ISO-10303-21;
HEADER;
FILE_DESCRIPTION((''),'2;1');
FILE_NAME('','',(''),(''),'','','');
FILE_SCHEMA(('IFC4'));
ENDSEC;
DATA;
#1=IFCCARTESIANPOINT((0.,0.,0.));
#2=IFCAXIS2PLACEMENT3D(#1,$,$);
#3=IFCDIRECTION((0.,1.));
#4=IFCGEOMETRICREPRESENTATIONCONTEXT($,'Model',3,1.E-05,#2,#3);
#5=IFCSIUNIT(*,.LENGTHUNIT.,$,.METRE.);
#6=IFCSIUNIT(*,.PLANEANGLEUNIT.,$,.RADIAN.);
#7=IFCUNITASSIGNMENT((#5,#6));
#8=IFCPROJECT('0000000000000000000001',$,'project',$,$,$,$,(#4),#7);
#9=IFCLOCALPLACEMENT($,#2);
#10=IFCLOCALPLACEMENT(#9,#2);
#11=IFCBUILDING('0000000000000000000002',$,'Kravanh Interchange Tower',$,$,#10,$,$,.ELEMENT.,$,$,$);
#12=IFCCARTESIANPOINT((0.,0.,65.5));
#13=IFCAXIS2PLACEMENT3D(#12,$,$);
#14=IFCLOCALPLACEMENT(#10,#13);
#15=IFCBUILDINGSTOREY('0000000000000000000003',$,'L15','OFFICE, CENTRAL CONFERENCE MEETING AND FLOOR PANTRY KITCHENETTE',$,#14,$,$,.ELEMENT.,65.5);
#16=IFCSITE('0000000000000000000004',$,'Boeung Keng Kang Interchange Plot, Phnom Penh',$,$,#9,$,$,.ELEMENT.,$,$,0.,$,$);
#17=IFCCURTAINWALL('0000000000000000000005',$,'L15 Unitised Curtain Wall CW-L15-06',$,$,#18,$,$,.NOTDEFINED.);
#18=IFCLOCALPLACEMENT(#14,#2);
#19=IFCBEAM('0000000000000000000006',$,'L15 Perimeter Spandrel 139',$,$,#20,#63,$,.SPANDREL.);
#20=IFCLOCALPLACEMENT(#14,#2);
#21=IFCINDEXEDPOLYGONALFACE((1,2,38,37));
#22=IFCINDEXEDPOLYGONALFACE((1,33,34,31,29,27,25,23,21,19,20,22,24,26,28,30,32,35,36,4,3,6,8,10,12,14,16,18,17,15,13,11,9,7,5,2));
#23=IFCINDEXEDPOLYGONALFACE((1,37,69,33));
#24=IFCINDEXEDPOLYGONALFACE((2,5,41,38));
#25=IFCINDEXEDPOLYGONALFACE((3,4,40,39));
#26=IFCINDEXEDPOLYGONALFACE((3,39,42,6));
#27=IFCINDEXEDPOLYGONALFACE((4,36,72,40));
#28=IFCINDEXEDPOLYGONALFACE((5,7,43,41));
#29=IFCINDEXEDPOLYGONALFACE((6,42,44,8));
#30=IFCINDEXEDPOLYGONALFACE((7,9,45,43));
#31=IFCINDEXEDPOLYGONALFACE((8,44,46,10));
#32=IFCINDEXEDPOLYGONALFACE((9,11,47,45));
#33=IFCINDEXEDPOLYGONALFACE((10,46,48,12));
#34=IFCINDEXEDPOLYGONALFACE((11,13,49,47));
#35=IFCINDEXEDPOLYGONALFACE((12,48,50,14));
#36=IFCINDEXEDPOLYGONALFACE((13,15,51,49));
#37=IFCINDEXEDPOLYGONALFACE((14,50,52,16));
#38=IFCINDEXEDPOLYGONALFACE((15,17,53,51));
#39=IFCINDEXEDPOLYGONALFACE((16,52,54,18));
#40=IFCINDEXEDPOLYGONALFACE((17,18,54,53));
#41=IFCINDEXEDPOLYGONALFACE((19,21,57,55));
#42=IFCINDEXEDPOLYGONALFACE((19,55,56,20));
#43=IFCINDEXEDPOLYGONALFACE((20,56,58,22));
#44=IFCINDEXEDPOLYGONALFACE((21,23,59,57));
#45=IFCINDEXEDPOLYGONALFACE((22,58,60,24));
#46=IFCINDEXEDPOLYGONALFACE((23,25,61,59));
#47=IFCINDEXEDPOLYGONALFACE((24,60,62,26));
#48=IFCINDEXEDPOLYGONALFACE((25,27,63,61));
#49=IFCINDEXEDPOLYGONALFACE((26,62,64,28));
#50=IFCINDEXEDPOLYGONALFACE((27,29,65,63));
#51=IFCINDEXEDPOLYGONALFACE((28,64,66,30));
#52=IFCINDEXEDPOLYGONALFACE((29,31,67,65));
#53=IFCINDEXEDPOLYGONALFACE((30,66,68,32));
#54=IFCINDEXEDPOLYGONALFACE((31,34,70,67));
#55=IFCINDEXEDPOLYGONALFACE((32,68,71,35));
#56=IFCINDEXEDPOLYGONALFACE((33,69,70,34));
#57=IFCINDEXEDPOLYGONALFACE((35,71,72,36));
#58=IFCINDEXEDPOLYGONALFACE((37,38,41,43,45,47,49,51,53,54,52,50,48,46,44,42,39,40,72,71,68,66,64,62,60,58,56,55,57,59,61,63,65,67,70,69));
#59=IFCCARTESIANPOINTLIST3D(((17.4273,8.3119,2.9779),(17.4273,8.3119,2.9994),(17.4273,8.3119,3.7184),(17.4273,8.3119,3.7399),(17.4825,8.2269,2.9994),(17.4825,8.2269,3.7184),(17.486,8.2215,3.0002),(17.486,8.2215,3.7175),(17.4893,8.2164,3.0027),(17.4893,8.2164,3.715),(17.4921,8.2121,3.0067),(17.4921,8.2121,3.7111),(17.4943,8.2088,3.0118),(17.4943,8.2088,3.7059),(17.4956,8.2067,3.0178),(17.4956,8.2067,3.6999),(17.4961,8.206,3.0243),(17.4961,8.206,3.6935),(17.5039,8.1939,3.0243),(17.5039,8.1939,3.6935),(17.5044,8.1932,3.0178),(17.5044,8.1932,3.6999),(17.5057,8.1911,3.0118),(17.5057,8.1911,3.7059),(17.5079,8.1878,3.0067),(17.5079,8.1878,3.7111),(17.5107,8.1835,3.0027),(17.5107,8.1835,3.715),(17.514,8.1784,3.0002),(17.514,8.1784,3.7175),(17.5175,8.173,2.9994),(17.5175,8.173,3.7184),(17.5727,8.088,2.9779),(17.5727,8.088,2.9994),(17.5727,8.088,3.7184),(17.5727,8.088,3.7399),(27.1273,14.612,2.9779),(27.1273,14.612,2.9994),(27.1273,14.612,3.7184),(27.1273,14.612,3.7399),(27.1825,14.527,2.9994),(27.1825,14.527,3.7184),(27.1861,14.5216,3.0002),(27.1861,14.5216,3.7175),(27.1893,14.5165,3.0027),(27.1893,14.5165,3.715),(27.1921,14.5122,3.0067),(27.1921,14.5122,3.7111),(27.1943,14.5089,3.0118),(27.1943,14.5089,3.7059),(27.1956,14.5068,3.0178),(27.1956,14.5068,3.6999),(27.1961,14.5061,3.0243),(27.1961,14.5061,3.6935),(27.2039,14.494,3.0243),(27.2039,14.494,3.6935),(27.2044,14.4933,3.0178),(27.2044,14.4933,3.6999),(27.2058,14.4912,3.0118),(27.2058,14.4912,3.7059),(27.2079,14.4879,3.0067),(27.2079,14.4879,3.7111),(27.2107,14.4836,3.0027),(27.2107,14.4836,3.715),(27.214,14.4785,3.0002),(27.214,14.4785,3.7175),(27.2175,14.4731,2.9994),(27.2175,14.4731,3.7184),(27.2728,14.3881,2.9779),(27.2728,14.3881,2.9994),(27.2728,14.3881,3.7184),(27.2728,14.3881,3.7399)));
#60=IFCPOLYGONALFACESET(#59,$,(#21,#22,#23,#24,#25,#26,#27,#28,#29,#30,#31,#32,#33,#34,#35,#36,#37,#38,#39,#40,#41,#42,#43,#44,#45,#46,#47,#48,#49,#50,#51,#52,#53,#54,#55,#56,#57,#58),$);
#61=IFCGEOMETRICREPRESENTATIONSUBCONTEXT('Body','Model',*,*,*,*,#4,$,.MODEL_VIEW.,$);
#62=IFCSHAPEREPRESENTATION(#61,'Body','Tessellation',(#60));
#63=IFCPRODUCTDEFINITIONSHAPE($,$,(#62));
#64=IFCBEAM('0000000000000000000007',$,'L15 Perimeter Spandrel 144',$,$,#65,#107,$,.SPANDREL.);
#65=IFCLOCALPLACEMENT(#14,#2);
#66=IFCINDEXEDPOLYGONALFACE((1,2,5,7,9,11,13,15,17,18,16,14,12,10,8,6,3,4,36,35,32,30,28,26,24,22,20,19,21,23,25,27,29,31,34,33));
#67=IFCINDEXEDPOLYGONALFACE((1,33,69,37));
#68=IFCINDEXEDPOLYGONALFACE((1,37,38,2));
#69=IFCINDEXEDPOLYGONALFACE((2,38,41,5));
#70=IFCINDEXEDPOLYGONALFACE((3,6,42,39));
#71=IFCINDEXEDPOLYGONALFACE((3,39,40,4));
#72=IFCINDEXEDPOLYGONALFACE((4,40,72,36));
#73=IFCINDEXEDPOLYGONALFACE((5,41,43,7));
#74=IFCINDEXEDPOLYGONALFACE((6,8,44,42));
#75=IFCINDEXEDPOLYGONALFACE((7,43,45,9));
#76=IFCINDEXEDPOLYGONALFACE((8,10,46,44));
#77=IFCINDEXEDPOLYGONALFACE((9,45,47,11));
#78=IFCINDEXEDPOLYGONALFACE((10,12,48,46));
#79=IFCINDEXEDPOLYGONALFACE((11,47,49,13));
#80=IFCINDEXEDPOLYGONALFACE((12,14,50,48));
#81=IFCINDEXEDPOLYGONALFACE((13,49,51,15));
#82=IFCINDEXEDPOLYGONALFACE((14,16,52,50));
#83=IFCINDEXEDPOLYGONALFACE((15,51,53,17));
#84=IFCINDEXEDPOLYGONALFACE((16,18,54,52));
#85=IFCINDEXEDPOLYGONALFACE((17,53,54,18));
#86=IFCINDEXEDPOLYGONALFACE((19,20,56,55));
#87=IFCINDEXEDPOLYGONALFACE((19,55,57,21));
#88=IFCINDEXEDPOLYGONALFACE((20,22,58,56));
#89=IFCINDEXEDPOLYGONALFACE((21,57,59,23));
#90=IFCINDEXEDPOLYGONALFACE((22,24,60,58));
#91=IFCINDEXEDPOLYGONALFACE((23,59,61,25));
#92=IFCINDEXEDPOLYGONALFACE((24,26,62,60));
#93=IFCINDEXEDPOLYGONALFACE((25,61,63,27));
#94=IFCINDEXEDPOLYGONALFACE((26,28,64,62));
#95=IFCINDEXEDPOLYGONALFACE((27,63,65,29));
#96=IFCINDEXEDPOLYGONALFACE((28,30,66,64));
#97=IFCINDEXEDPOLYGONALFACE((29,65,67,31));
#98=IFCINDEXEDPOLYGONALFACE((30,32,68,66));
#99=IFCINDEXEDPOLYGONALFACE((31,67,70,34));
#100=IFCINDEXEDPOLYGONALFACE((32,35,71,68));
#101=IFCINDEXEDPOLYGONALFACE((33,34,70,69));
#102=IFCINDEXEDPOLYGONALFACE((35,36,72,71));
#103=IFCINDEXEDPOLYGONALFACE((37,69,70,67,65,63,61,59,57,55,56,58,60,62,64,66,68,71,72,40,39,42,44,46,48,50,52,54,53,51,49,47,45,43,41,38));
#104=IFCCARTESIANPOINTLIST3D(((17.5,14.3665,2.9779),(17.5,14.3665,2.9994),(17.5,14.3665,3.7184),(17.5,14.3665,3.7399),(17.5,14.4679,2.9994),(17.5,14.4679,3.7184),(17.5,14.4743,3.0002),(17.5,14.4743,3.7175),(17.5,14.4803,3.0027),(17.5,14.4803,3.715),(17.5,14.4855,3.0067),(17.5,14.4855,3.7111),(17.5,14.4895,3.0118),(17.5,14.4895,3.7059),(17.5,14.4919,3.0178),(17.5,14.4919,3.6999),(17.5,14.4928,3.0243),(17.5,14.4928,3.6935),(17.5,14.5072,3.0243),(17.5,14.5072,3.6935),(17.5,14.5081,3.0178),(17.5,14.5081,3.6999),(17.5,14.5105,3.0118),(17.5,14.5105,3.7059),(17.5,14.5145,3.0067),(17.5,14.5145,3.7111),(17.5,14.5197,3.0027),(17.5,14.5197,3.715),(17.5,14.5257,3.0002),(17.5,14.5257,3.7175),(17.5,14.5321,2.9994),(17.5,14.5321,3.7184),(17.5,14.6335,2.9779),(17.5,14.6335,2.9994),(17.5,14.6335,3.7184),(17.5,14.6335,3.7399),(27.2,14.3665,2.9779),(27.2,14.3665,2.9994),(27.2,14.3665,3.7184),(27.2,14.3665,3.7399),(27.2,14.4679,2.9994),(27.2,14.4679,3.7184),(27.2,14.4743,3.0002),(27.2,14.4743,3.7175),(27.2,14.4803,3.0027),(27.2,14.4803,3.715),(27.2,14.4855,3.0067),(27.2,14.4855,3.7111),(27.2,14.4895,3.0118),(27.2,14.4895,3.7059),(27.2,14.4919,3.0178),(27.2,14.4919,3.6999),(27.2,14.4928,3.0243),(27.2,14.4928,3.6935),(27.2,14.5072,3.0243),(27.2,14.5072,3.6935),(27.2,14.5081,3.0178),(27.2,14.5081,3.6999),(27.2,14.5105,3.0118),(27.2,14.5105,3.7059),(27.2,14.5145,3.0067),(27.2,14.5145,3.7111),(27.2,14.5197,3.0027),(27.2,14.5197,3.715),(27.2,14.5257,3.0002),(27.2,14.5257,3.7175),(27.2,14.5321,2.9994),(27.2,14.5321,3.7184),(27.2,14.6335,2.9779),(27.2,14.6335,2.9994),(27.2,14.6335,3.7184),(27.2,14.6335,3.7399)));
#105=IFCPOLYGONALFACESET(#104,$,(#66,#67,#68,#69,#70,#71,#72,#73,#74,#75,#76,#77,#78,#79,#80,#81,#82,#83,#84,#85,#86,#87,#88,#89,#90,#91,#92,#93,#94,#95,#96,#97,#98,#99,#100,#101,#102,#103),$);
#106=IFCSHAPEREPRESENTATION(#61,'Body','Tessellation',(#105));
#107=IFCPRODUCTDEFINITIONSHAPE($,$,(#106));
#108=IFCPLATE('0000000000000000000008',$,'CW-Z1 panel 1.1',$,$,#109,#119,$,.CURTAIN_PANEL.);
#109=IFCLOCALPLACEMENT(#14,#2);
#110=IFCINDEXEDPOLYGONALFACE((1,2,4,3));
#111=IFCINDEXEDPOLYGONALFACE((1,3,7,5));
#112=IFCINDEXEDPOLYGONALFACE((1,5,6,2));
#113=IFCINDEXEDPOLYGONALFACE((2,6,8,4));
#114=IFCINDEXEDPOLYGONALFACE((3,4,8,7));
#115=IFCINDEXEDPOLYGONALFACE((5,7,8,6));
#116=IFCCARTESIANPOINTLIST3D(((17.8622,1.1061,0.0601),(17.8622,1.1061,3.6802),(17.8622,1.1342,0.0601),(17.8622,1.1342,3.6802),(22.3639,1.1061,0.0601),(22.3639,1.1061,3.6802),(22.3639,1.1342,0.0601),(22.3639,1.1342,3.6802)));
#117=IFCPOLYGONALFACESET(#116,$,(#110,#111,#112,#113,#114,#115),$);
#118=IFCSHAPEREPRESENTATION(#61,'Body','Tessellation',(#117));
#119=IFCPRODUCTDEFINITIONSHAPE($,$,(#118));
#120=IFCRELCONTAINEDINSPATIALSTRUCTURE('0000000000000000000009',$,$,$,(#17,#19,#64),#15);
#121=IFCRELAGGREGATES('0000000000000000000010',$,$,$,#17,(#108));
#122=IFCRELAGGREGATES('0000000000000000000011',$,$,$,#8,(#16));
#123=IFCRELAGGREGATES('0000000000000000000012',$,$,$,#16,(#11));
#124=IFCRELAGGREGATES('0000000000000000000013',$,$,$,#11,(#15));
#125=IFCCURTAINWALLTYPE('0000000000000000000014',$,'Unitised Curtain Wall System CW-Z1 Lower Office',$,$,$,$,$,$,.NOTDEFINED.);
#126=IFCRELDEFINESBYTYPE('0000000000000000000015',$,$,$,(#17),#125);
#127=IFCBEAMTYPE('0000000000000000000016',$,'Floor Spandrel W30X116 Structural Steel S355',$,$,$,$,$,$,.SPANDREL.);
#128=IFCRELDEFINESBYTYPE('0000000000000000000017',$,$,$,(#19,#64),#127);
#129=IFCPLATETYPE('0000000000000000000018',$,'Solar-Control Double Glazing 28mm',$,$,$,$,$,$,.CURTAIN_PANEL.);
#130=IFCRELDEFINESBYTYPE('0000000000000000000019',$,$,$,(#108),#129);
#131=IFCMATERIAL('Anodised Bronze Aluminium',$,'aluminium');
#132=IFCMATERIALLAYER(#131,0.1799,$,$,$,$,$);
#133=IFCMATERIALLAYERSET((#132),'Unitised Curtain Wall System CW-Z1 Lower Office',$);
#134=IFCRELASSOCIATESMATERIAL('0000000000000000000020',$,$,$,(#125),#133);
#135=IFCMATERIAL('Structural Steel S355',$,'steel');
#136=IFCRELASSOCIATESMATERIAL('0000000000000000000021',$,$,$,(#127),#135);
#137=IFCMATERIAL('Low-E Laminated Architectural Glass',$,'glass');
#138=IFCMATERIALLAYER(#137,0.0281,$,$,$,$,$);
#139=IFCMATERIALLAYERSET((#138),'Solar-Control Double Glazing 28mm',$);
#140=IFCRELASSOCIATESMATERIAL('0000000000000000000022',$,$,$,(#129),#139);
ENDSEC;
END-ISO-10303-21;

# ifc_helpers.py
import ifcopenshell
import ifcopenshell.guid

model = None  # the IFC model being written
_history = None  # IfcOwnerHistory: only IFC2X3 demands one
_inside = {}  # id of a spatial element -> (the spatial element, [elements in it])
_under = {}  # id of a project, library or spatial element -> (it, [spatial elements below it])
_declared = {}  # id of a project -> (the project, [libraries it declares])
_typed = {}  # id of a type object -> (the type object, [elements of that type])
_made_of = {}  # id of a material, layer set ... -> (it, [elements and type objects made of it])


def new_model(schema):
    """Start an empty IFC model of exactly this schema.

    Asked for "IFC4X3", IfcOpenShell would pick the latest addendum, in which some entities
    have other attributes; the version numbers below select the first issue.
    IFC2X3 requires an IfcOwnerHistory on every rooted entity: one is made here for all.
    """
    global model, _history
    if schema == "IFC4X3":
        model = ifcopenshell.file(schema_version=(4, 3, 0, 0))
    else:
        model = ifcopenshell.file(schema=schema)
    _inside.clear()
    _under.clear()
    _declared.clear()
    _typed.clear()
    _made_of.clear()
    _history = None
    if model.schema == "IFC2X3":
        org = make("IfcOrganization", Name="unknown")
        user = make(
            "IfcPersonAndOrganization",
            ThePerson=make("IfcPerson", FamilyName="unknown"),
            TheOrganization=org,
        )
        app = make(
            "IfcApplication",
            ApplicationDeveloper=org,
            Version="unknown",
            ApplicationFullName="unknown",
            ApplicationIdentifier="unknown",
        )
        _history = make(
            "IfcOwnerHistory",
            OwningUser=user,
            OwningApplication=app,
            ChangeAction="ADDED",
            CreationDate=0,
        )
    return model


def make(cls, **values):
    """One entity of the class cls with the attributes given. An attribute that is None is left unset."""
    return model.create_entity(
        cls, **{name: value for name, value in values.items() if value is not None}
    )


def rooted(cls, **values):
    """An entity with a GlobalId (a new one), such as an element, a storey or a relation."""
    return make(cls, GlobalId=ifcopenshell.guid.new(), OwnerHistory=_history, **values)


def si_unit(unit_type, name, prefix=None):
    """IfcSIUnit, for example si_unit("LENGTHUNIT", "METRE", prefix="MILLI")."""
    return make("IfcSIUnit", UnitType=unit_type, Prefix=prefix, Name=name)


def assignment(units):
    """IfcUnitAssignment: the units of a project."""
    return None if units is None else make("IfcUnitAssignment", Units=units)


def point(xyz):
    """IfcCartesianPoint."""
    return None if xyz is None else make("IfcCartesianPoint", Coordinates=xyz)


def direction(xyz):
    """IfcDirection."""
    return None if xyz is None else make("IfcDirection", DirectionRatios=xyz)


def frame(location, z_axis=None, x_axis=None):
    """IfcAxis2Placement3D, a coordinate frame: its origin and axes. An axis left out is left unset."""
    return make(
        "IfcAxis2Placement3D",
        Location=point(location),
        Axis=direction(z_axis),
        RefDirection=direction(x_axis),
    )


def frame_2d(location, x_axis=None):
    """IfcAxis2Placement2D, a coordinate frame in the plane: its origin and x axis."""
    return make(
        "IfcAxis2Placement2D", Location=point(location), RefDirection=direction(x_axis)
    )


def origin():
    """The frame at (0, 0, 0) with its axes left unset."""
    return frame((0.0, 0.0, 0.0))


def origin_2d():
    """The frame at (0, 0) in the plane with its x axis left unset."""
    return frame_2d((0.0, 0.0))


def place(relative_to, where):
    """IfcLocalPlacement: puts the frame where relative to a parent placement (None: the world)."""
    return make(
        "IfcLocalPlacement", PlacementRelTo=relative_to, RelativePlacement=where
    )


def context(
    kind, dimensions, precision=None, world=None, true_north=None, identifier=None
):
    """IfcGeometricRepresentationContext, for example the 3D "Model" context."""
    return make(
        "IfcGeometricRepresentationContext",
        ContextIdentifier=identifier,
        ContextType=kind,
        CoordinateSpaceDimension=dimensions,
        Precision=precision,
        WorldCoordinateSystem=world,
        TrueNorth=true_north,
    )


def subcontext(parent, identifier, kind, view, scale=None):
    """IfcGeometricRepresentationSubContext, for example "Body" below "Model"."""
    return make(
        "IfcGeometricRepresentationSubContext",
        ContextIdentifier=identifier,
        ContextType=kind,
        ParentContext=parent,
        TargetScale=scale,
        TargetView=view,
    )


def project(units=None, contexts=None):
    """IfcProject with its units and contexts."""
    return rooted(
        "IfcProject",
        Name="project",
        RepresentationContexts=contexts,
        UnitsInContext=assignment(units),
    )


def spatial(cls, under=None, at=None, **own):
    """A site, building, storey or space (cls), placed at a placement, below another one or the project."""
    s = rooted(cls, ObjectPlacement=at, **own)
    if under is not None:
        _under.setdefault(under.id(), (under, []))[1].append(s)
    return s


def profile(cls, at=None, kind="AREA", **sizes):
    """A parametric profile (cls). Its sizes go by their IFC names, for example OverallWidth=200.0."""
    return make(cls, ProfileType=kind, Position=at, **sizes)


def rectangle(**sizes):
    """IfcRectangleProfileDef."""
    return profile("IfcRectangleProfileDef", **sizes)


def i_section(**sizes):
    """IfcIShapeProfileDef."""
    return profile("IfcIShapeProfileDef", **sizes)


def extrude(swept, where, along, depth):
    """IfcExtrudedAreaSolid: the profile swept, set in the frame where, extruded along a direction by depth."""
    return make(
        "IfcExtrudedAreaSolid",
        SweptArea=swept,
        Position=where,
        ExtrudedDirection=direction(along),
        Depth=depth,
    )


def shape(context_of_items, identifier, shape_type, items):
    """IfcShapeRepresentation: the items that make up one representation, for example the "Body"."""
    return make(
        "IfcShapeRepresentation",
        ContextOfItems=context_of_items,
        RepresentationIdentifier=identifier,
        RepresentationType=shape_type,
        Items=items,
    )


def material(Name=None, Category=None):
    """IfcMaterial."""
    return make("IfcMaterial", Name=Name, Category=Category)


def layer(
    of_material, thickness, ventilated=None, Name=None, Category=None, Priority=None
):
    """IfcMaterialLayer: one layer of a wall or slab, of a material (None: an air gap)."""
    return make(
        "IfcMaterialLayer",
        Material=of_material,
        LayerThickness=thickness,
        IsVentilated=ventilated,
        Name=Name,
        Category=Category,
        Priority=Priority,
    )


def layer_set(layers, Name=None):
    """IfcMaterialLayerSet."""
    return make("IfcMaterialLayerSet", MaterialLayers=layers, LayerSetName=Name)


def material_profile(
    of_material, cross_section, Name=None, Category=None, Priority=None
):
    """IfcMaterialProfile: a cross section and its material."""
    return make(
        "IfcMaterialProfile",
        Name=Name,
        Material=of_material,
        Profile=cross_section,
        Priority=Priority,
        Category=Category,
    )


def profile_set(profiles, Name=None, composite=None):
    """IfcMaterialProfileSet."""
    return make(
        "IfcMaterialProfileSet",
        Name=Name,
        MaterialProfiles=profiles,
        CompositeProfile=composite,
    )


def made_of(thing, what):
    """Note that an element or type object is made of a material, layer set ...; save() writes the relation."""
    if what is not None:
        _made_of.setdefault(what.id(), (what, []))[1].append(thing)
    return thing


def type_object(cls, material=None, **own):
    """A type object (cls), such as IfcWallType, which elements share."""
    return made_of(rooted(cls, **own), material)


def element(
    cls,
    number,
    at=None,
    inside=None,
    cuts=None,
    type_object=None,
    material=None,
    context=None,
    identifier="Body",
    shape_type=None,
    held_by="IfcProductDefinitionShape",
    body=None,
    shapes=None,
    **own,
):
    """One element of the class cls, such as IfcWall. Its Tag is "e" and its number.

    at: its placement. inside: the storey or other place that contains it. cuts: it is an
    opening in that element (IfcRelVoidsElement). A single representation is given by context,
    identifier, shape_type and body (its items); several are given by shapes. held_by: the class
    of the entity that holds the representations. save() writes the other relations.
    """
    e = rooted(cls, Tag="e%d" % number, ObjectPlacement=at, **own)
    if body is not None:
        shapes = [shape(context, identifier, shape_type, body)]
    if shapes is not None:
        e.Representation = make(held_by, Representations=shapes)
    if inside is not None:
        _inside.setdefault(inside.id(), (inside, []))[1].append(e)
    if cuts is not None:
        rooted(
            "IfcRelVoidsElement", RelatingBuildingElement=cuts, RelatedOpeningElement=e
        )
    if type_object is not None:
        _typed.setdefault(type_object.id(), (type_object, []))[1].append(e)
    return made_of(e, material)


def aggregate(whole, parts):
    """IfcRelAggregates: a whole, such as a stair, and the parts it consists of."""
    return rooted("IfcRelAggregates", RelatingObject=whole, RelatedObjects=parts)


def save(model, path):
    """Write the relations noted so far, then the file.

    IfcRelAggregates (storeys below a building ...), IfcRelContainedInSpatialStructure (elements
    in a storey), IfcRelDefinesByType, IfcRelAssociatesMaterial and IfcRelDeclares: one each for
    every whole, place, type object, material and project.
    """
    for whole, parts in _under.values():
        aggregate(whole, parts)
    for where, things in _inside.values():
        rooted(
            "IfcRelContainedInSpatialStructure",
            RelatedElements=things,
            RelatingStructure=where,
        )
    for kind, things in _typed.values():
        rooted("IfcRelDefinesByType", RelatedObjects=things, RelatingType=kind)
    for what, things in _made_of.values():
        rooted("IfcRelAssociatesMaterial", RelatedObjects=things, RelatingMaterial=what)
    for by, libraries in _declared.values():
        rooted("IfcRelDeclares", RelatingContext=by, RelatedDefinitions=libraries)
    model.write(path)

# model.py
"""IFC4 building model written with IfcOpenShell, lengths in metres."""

from ifc_helpers import new_model, si_unit, direction, frame, origin, origin_2d, place, context, subcontext, project, spatial, rectangle, i_section, extrude, material, layer, layer_set, material_profile, profile_set, type_object, element, aggregate, save


model = new_model("IFC4")

# Units and contexts
model_context = context("Model", 3, precision=1e-05, world=origin(), true_north=direction((0.0, 1.0)))
body_context = subcontext(model_context, "Body", "Model", "MODEL_VIEW")
ifc_project = project(units=[si_unit("LENGTHUNIT", "METRE"), si_unit("PLANEANGLEUNIT", "RADIAN")], contexts=[model_context])

# Site, building, storey
site_placement = place(None, origin())
site = spatial("IfcSite", under=ifc_project, at=site_placement, Name="Boeung Keng Kang Interchange Plot, Phnom Penh", CompositionType="ELEMENT", RefElevation=0.0)
building_placement = place(site_placement, origin())
building = spatial("IfcBuilding", under=site, at=building_placement, Name="Kravanh Interchange Tower", CompositionType="ELEMENT")
storey_placement = place(building_placement, frame((0.0, 0.0, 65.5)))
storey = spatial("IfcBuildingStorey", under=building, at=storey_placement, Name="L15", Description="OFFICE, CENTRAL CONFERENCE MEETING AND FLOOR PANTRY KITCHENETTE", CompositionType="ELEMENT", Elevation=65.5)

# Curtain wall
ifc_material_1 = material(Name="Anodised Bronze Aluminium", Category="aluminium")
ifc_layer_1 = layer(ifc_material_1, 0.1799)
ifc_layer_set_1 = layer_set([ifc_layer_1], Name="Unitised Curtain Wall System CW-Z1 Lower Office")
curtain_wall_type = type_object("IfcCurtainWallType", Name="Unitised Curtain Wall System CW-Z1 Lower Office", PredefinedType="NOTDEFINED", material=ifc_layer_set_1)
curtain_wall_placement = place(storey_placement, origin())
curtain_wall = element("IfcCurtainWall", 1, at=curtain_wall_placement, inside=storey, type_object=curtain_wall_type, Name="L15 Unitised Curtain Wall CW-L15-06", PredefinedType="NOTDEFINED")

# Beams
ifc_material_2 = material(Name="Structural Steel S355", Category="steel")
ifc_material_profile_1 = material_profile(ifc_material_2, i_section(OverallWidth=0.2671, OverallDepth=0.762, WebThickness=0.0144, FlangeThickness=0.0215, FilletRadius=0.0249, at=origin_2d()), Name="W30X116")
ifc_profile_set_1 = profile_set([ifc_material_profile_1], Name="Structural Steel S355")
beam_type_1 = type_object("IfcBeamType", Name="Floor Spandrel W30X116 Structural Steel S355", PredefinedType="SPANDREL", material=ifc_profile_set_1)
beam_1_placement = place(storey_placement, frame((17.5, 8.2, 3.3589), z_axis=(0.838638, 0.544689, 0.0), x_axis=(-0.544689, 0.838638, 0.0)))
element("IfcBeam", 2, at=beam_1_placement, inside=storey, type_object=beam_type_1, Name="L15 Perimeter Spandrel 139", PredefinedType="SPANDREL", context=body_context, shape_type="SweptSolid", body=[
    extrude(i_section(OverallWidth=0.2671, OverallDepth=0.762, WebThickness=0.0144, FlangeThickness=0.0215, FilletRadius=0.0249, at=origin_2d()), origin(), (0.0, 0.0, 1.0), 11.5664),
])
beam_2_placement = place(storey_placement, frame((17.5, 14.5, 3.3589), z_axis=(1.0, 0.0, 0.0), x_axis=(0.0, 1.0, 0.0)))
element("IfcBeam", 3, at=beam_2_placement, inside=storey, type_object=beam_type_1, Name="L15 Perimeter Spandrel 144", PredefinedType="SPANDREL", context=body_context, shape_type="SweptSolid", body=[
    extrude(i_section(OverallWidth=0.2671, OverallDepth=0.762, WebThickness=0.0144, FlangeThickness=0.0215, FilletRadius=0.0249, at=origin_2d()), origin(), (0.0, 0.0, 1.0), 9.7),
])

# Plate
ifc_material_3 = material(Name="Low-E Laminated Architectural Glass", Category="glass")
ifc_layer_2 = layer(ifc_material_3, 0.0281)
ifc_layer_set_2 = layer_set([ifc_layer_2], Name="Solar-Control Double Glazing 28mm")
plate_type = type_object("IfcPlateType", Name="Solar-Control Double Glazing 28mm", PredefinedType="CURTAIN_PANEL", material=ifc_layer_set_2)
plate_placement = place(storey_placement, frame((20.113, 1.1201, 0.0601), z_axis=(0.0, 0.0, 1.0), x_axis=(-1.0, 0.0, 0.0)))
plate = element("IfcPlate", 4, at=plate_placement, type_object=plate_type, Name="CW-Z1 panel 1.1", PredefinedType="CURTAIN_PANEL", context=body_context, shape_type="SweptSolid", body=[
    extrude(rectangle(XDim=4.5017, YDim=0.0281, at=origin_2d()), origin(), (0.0, 0.0, 1.0), 3.6201),
])
aggregate(curtain_wall, [plate])

save(model, "model.ifc")
